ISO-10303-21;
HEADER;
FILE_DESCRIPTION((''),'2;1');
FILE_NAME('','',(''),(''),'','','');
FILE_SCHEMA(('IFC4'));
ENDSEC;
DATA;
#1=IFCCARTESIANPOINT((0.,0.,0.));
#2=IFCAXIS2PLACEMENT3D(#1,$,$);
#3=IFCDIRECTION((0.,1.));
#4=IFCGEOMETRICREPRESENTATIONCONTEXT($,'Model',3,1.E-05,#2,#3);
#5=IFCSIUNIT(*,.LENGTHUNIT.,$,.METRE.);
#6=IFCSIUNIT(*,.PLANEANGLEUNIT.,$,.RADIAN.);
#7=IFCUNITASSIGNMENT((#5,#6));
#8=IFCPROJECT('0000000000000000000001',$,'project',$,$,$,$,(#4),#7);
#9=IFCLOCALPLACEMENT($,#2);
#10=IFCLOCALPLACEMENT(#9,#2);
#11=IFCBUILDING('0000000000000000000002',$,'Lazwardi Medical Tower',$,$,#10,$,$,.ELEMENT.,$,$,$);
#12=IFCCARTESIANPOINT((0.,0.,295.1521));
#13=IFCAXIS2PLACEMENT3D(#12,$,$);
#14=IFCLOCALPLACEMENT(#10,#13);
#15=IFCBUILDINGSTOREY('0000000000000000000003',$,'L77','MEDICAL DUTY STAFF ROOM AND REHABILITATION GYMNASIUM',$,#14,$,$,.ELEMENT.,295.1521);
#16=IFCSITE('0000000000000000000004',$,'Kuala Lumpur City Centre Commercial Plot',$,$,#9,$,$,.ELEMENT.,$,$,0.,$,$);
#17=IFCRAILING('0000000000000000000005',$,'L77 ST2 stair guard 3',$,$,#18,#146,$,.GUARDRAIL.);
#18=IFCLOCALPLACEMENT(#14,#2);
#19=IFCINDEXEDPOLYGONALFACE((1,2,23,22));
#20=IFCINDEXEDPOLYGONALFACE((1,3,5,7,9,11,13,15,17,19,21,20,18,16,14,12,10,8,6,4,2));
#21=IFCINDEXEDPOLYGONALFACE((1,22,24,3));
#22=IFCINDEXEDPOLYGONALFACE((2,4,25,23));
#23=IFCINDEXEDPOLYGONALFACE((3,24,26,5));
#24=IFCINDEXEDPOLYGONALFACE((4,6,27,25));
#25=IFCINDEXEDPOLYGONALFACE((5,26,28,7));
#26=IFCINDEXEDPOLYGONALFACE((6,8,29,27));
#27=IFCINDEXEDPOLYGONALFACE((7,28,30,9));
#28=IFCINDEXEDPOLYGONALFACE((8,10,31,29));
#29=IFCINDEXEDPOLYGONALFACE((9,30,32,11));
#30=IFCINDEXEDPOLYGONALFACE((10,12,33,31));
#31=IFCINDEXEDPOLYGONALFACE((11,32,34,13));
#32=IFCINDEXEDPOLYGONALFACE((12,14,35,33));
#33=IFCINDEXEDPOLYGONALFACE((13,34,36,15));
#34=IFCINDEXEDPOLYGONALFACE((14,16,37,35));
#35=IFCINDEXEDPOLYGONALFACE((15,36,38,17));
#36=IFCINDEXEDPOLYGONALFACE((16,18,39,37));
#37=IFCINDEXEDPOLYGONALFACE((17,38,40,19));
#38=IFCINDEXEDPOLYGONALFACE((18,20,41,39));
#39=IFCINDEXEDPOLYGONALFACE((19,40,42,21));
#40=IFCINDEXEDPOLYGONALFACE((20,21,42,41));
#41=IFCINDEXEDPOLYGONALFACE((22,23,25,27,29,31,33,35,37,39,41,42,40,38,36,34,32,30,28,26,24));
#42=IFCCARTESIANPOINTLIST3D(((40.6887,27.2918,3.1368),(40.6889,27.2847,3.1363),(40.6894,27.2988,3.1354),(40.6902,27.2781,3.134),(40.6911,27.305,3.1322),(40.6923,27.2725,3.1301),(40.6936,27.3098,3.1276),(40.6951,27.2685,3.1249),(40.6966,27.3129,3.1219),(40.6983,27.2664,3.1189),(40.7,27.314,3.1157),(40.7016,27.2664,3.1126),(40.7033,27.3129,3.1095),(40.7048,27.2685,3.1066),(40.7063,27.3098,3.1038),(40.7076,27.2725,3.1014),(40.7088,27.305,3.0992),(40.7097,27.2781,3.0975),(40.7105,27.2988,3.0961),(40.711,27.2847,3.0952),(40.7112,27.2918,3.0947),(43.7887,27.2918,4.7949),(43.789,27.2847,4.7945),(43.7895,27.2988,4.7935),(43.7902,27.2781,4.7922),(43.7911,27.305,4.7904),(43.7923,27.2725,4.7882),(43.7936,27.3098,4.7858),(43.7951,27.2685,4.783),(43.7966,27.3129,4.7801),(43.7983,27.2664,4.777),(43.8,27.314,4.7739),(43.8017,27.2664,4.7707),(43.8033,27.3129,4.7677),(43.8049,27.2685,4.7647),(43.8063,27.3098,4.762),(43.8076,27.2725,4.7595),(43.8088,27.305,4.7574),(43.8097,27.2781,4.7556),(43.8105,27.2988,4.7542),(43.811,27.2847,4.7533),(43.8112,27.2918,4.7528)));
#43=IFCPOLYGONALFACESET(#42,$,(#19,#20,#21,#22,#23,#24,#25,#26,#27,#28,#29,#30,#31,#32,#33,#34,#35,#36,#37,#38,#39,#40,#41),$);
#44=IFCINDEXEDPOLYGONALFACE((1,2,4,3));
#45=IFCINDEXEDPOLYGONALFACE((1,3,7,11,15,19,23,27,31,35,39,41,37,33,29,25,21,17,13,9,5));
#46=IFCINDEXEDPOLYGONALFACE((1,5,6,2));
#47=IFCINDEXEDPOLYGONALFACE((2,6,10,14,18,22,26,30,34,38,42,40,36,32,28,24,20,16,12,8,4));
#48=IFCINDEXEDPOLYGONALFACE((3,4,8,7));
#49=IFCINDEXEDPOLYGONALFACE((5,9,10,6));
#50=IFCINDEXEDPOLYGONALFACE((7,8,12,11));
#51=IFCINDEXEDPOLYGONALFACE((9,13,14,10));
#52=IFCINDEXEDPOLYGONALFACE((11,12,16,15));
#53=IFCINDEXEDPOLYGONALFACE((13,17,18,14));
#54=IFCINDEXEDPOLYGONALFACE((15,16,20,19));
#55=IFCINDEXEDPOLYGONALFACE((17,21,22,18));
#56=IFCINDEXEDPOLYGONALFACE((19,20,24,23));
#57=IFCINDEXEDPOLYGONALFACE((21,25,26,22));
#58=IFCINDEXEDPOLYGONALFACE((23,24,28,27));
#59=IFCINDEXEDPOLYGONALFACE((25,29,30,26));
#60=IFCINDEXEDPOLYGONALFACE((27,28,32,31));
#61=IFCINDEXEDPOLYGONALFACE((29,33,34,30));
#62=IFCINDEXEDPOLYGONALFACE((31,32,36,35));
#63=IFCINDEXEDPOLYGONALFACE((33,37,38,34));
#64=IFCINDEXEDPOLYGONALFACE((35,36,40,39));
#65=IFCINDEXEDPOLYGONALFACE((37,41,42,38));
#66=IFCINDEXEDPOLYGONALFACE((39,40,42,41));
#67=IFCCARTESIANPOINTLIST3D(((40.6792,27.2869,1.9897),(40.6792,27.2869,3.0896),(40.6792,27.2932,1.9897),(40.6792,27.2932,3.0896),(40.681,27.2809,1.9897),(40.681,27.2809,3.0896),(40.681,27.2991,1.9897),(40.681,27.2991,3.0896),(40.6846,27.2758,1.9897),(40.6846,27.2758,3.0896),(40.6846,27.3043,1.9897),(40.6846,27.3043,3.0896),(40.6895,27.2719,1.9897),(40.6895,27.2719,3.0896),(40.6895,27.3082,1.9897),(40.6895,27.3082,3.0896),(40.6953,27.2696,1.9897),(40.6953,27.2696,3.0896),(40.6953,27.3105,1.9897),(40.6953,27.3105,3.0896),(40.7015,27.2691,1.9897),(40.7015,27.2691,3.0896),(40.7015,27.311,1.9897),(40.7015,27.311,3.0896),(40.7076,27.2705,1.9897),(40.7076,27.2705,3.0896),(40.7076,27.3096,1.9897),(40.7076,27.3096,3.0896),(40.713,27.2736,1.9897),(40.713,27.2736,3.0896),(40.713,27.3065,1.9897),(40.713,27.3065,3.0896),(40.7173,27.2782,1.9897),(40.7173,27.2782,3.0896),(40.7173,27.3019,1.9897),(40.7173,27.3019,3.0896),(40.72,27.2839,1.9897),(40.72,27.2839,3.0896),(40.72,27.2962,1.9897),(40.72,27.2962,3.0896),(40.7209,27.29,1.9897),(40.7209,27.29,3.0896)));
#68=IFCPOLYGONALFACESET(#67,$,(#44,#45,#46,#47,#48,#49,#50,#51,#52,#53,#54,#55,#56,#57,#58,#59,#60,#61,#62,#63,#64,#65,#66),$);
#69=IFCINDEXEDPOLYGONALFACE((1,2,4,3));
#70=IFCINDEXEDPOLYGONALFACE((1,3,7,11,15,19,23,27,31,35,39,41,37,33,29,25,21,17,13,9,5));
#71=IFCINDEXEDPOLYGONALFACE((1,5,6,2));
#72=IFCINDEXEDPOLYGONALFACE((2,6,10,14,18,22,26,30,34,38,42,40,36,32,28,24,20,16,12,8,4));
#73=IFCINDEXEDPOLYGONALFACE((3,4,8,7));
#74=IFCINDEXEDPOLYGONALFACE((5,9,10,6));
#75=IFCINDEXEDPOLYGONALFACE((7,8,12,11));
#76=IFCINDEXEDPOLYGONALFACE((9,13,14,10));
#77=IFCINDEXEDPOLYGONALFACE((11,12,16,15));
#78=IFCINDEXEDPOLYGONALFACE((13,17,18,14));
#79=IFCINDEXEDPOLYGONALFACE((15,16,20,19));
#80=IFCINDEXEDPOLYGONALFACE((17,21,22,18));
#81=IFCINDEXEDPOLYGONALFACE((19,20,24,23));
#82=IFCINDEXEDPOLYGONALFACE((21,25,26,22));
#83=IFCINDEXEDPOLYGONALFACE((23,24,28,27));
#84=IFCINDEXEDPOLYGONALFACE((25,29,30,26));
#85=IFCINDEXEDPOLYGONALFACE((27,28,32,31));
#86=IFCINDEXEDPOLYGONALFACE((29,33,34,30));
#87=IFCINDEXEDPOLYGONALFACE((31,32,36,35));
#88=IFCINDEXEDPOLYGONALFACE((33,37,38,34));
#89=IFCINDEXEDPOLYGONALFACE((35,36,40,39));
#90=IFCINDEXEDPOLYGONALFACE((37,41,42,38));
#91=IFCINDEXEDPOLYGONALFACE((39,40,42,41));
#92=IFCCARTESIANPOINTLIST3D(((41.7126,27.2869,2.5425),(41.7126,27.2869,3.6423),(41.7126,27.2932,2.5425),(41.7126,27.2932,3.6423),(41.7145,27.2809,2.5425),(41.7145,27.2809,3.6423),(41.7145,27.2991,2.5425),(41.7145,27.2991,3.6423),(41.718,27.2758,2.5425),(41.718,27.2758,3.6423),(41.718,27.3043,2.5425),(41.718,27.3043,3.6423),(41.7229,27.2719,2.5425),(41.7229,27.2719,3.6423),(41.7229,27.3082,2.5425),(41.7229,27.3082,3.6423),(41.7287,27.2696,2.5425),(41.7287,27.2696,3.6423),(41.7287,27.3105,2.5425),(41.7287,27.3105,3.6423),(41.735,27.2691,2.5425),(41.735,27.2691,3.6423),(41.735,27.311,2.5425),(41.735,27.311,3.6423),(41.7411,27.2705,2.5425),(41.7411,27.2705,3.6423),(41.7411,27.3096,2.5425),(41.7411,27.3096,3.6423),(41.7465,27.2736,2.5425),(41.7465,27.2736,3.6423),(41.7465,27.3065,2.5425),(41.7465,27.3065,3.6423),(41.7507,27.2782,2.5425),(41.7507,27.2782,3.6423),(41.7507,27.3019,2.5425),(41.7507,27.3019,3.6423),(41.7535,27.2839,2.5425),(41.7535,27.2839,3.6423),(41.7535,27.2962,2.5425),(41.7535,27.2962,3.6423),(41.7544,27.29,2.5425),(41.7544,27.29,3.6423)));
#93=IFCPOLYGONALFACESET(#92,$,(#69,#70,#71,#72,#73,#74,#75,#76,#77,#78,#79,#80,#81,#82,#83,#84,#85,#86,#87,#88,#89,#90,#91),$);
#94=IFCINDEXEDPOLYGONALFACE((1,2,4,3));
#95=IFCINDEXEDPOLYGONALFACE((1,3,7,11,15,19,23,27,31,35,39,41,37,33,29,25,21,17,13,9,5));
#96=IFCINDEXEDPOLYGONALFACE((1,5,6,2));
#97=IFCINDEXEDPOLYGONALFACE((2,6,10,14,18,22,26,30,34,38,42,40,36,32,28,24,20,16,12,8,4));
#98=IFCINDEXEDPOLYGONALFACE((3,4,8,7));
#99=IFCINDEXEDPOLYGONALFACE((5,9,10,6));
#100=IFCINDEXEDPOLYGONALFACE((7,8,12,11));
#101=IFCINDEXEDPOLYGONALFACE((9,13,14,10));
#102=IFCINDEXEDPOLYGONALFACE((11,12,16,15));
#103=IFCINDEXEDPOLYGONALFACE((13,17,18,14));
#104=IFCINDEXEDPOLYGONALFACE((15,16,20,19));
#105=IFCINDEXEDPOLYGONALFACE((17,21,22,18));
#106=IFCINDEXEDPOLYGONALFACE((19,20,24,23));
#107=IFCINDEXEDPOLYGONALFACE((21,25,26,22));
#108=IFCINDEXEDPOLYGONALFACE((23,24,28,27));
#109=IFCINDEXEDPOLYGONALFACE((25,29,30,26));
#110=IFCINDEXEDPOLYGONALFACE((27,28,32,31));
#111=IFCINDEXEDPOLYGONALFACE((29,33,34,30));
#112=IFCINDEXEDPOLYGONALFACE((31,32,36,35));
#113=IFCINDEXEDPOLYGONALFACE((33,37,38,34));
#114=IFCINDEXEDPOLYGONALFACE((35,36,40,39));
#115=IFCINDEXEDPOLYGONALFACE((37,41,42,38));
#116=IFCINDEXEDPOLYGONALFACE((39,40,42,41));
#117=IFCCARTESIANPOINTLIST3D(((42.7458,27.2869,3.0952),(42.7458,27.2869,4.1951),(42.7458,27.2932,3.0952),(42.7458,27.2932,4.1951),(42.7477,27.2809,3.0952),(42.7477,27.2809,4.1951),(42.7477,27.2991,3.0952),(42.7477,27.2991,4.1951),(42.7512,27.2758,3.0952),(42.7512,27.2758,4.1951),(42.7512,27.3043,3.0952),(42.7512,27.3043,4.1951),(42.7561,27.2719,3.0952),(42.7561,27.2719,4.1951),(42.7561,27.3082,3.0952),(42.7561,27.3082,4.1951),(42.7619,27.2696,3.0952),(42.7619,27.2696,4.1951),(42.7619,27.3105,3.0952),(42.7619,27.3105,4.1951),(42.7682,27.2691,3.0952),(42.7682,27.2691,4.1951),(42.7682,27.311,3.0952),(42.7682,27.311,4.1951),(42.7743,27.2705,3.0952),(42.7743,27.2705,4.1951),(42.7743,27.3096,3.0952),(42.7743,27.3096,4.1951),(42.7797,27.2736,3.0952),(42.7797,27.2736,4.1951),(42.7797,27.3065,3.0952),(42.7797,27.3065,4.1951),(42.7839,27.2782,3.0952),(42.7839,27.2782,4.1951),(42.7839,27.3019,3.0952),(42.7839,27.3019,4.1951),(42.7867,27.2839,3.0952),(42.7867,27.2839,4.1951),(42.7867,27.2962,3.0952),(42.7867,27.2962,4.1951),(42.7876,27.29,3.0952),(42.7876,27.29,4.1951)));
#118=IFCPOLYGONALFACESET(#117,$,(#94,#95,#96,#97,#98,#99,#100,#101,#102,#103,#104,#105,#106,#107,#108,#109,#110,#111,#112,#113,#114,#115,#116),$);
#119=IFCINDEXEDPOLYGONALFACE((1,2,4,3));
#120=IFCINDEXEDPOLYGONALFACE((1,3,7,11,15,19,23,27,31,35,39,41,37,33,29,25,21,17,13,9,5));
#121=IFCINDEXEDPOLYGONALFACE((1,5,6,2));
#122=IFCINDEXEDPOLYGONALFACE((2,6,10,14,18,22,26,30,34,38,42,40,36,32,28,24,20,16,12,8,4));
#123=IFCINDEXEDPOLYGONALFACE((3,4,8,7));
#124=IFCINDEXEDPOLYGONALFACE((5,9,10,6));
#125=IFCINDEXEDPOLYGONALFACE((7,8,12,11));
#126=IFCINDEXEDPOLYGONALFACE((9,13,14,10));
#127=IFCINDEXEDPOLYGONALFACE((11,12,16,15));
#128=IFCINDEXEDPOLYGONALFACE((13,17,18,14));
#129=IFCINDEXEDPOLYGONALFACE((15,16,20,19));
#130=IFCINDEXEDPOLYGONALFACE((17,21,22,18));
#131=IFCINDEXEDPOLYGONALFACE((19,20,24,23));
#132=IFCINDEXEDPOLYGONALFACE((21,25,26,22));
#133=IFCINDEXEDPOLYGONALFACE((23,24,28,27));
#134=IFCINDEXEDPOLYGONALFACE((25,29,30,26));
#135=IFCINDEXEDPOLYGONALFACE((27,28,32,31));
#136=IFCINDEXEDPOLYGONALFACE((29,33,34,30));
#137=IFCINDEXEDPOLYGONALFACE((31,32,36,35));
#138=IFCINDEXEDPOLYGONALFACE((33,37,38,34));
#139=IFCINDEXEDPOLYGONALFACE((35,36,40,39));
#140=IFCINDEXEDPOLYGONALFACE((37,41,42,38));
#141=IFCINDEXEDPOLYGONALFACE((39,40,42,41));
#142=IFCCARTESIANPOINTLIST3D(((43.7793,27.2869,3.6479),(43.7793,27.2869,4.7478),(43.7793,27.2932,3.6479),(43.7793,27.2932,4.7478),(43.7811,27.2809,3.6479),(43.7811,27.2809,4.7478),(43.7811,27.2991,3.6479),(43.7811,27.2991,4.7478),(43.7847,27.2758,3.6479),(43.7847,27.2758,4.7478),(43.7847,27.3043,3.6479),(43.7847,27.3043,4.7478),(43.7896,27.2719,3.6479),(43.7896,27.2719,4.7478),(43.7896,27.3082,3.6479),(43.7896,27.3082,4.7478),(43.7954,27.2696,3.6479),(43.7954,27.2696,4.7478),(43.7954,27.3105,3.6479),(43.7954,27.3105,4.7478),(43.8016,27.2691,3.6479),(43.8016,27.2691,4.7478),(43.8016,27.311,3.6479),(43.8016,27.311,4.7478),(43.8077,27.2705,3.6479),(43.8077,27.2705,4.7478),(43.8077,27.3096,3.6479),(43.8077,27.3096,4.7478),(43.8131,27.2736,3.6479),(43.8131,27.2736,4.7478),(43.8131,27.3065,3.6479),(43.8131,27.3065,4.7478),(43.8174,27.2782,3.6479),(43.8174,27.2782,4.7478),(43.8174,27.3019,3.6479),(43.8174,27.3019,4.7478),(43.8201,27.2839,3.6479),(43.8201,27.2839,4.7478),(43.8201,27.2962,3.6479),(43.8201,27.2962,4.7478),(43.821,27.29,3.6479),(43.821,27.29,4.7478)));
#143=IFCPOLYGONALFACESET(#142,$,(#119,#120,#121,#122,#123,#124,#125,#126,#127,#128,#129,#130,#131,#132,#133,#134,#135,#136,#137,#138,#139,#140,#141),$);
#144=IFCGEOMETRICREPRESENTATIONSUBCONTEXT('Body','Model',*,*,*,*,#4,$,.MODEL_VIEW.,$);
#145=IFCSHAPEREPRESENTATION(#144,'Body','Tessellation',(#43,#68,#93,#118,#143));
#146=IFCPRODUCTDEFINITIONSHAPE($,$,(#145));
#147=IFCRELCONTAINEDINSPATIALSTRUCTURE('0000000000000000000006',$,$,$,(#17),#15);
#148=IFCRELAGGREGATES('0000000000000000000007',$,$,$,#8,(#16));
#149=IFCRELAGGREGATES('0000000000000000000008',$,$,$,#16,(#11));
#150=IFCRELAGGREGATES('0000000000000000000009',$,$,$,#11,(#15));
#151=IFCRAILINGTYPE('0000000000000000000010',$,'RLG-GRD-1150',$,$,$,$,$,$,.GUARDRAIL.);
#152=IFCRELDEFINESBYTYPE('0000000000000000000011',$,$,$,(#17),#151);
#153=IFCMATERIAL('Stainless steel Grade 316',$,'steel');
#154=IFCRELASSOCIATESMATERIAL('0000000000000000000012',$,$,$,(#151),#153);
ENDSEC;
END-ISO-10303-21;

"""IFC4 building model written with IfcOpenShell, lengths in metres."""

from ifc_helpers import new_model, si_unit, direction, frame, origin, origin_2d, place, context, subcontext, project, spatial, circle, extrude, material, type_object, element, save


model = new_model("IFC4")

# Units and contexts
model_context = context("Model", 3, precision=1e-05, world=origin(), true_north=direction((0.0, 1.0)))
body_context = subcontext(model_context, "Body", "Model", "MODEL_VIEW")
ifc_project = project(units=[si_unit("LENGTHUNIT", "METRE"), si_unit("PLANEANGLEUNIT", "RADIAN")], contexts=[model_context])

# Site, building, storey
site_placement = place(None, origin())
site = spatial("IfcSite", under=ifc_project, at=site_placement, Name="Kuala Lumpur City Centre Commercial Plot", CompositionType="ELEMENT", RefElevation=0.0)
building_placement = place(site_placement, origin())
building = spatial("IfcBuilding", under=site, at=building_placement, Name="Lazwardi Medical Tower", CompositionType="ELEMENT")
storey_placement = place(building_placement, frame((0.0, 0.0, 295.1521)))
storey = spatial("IfcBuildingStorey", under=building, at=storey_placement, Name="L77", Description="MEDICAL DUTY STAFF ROOM AND REHABILITATION GYMNASIUM", CompositionType="ELEMENT", Elevation=295.1521)

# Railing
ifc_material_1 = material(Name="Stainless steel Grade 316", Category="steel")
railing_type_1 = type_object("IfcRailingType", Name="RLG-GRD-1150", PredefinedType="GUARDRAIL", material=ifc_material_1)
railing_1_placement = place(storey_placement, frame((40.7, 27.29, 1.9897)))
element("IfcRailing", 1, at=railing_1_placement, inside=storey, type_object=railing_type_1, Name="L77 ST2 stair guard 3", PredefinedType="GUARDRAIL", context=body_context, shape_type="SweptSolid", body=[
    extrude(circle(Radius=0.0239, at=origin_2d()), frame((0.0, 0.0, 1.126), z_axis=(0.881783, 0.0, 0.471655), x_axis=(0.0, 1.0, 0.0)), (0.0, 0.0, 1.0), 3.5156),
    extrude(circle(Radius=0.021, at=origin_2d()), origin(), (0.0, 0.0, 1.0), 1.0999),
    extrude(circle(Radius=0.021, at=origin_2d()), frame((1.0334, 0.0, 0.5527)), (0.0, 0.0, 1.0), 1.0999),
    extrude(circle(Radius=0.021, at=origin_2d()), frame((2.0667, 0.0, 1.1055)), (0.0, 0.0, 1.0), 1.0999),
    extrude(circle(Radius=0.021, at=origin_2d()), frame((3.1001, 0.0, 1.6582)), (0.0, 0.0, 1.0), 1.0999),
])

save(model, "model.ifc")
